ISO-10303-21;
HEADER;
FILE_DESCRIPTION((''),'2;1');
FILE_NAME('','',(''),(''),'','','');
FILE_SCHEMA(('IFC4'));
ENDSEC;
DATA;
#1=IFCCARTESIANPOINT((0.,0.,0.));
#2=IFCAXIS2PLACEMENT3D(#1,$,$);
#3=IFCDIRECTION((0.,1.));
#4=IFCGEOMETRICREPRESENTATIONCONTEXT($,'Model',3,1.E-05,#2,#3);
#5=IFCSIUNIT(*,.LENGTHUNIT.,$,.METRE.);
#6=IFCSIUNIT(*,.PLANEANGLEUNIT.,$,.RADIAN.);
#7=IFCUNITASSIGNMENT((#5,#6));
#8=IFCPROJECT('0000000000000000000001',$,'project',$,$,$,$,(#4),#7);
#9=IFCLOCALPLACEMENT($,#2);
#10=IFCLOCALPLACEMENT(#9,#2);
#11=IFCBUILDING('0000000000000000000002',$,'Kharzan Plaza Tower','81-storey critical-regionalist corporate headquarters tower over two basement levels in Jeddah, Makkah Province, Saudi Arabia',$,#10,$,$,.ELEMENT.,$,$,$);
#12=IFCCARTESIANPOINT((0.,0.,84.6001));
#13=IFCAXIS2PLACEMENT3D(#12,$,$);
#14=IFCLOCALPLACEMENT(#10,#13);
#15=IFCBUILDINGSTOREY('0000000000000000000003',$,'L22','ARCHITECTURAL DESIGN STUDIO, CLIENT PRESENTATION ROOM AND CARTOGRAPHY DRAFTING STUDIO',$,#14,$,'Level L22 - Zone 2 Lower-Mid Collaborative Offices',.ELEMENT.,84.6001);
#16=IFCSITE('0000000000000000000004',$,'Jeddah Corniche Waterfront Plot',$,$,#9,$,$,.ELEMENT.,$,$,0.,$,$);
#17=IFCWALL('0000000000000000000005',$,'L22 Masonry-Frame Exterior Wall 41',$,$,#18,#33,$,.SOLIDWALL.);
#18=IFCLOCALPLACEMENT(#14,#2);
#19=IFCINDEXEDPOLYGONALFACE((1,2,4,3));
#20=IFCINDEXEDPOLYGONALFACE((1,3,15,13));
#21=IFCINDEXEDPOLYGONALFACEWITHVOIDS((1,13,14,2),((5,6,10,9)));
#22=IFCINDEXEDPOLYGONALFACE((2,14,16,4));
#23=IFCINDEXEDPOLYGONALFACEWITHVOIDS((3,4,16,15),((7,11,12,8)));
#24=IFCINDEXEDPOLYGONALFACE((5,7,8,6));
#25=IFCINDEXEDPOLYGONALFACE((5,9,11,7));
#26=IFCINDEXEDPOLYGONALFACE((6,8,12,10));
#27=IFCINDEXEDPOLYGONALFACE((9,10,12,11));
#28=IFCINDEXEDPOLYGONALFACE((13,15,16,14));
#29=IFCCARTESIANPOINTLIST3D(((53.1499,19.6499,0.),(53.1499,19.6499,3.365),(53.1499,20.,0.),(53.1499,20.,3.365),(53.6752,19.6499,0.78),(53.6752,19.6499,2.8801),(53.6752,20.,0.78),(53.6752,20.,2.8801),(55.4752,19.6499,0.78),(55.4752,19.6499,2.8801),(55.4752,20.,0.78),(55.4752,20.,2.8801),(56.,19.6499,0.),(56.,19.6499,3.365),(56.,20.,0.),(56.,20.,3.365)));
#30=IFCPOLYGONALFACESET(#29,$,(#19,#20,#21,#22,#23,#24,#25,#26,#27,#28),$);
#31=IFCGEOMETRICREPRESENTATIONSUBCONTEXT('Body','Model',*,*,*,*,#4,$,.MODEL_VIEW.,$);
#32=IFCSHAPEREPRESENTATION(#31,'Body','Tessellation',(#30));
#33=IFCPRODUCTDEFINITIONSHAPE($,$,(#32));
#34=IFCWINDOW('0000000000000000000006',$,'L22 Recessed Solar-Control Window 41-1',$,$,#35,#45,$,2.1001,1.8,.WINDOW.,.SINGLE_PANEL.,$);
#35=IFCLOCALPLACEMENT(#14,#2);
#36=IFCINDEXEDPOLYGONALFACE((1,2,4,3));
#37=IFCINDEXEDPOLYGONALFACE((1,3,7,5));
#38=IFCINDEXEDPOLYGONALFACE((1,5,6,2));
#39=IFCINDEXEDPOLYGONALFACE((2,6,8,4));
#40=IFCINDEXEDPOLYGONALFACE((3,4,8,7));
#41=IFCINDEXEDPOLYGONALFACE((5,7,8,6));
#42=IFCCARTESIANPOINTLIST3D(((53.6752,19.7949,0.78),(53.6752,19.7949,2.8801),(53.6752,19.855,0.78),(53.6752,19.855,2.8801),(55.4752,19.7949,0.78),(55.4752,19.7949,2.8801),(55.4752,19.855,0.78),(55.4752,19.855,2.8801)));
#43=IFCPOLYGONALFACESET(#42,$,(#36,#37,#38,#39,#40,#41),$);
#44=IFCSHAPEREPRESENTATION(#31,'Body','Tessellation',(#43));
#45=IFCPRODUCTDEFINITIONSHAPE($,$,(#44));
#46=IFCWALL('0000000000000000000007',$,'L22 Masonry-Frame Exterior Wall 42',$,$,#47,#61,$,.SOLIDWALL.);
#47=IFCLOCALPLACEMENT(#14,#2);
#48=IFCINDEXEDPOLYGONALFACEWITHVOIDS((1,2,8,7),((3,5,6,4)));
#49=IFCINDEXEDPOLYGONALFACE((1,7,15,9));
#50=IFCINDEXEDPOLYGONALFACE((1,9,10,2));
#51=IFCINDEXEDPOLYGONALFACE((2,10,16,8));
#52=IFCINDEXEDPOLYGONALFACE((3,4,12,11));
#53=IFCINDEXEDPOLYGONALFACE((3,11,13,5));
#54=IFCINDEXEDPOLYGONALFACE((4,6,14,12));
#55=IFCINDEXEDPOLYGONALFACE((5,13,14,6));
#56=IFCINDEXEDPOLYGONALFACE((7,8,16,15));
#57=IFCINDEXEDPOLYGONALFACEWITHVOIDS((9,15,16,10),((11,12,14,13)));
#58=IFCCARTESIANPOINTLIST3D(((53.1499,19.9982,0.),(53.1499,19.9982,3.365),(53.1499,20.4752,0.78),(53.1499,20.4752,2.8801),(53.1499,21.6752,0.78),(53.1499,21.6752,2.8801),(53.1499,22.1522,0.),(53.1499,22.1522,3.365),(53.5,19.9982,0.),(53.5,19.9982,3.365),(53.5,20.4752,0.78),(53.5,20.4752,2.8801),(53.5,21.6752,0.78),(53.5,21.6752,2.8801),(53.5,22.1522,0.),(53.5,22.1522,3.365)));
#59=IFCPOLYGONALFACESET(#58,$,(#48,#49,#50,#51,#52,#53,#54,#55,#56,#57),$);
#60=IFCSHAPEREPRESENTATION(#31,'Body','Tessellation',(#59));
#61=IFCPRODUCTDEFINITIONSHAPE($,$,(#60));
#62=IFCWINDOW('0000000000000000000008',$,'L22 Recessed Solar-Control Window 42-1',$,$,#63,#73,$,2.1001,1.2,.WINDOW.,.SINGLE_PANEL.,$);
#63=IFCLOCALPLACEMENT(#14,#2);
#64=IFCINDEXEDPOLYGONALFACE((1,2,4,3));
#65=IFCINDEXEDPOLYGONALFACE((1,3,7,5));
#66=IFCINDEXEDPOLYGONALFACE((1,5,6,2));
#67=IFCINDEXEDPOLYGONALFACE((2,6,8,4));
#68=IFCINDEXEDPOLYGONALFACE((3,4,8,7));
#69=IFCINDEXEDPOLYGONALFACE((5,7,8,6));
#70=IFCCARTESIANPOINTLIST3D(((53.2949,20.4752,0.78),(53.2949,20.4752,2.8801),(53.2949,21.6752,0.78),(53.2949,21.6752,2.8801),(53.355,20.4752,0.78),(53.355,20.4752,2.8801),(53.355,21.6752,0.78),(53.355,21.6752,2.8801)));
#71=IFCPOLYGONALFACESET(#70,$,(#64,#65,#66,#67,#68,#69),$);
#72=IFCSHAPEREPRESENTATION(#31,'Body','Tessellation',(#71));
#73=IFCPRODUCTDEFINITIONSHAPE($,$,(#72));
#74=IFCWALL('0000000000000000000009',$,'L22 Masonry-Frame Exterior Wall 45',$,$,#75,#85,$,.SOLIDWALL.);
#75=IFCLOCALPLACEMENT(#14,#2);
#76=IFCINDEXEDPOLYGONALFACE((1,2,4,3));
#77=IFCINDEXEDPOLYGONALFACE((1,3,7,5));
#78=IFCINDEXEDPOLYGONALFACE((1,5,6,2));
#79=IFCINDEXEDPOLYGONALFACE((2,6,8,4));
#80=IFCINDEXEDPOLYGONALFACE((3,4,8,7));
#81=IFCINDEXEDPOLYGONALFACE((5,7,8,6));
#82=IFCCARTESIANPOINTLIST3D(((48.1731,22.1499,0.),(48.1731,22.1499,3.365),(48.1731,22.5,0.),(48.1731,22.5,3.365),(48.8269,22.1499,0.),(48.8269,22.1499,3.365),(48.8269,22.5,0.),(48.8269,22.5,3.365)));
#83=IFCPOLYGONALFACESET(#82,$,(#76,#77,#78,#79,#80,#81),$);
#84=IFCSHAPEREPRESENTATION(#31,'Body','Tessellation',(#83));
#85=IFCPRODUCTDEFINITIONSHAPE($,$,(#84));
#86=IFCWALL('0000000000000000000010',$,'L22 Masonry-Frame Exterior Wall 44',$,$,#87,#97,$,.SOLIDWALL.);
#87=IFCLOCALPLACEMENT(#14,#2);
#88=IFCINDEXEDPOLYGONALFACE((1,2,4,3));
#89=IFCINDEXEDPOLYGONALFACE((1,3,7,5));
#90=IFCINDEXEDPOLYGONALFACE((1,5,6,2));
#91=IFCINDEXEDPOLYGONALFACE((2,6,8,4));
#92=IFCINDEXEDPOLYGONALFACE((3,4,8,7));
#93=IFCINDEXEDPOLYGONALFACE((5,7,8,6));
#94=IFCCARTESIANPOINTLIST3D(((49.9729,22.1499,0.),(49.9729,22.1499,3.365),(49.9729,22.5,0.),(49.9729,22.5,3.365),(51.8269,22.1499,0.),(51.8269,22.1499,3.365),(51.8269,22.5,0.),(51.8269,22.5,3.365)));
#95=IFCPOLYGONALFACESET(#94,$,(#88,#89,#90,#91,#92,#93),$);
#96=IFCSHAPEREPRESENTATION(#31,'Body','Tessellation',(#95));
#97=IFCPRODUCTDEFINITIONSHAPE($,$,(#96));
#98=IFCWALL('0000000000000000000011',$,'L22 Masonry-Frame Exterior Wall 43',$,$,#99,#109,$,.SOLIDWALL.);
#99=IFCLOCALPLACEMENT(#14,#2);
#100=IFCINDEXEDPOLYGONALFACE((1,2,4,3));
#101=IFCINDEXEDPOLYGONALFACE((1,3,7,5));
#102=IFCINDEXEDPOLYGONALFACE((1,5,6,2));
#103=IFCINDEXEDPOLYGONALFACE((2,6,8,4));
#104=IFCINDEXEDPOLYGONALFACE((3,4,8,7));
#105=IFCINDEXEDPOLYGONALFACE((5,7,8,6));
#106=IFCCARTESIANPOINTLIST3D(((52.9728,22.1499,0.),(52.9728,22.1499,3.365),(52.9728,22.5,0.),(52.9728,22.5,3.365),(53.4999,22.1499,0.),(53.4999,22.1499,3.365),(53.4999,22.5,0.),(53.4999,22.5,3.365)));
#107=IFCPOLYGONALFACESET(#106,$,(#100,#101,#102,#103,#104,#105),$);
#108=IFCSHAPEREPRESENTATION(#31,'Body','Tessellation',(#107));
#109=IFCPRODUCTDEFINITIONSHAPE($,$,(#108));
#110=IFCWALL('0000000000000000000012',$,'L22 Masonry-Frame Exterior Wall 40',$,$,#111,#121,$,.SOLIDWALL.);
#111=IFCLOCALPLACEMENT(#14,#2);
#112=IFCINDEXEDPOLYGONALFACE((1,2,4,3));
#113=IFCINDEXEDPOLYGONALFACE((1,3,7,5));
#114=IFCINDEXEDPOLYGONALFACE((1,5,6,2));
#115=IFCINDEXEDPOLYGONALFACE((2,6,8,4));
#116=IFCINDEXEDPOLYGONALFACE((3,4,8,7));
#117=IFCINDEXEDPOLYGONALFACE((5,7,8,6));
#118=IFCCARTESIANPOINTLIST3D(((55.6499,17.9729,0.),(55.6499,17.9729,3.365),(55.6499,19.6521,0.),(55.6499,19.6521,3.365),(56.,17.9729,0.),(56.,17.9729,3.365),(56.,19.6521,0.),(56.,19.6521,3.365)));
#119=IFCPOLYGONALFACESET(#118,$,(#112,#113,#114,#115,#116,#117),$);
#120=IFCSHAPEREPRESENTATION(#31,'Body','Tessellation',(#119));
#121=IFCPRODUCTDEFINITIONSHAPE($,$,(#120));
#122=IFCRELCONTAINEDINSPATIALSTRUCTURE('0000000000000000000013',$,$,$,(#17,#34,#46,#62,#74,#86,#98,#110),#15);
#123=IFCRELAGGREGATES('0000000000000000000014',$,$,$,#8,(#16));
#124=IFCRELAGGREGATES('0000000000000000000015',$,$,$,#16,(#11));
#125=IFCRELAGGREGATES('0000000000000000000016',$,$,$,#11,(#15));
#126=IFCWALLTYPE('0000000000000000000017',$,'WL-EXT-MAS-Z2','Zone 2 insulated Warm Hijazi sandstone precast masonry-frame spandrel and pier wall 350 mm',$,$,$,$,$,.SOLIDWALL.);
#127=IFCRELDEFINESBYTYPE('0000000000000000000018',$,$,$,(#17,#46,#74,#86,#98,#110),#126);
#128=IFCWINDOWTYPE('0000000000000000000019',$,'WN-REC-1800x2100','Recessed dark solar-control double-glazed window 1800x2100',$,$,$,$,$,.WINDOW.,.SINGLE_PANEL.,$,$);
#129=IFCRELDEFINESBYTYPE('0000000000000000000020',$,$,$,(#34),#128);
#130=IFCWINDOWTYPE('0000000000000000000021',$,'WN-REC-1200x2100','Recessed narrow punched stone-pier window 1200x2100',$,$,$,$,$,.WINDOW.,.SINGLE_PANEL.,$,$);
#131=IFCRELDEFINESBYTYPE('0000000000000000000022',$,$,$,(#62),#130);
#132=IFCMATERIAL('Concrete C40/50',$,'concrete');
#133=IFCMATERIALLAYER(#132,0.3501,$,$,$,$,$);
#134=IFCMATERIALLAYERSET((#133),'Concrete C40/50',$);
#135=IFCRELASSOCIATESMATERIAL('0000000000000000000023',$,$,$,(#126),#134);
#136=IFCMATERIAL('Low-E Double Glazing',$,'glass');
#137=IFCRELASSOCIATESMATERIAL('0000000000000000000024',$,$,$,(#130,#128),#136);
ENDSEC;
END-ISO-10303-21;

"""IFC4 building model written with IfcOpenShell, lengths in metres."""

from ifc_helpers import new_model, si_unit, direction, frame, frame_2d, origin, place, context, subcontext, project, spatial, rectangle, extrude, source, transform, mapped, material, layer, layer_set, type_object, element, fill, save


model = new_model("IFC4")

# Units and contexts
model_context = context("Model", 3, precision=1e-05, world=origin(), true_north=direction((0.0, 1.0)))
body_context = subcontext(model_context, "Body", "Model", "MODEL_VIEW")
ifc_project = project(units=[si_unit("LENGTHUNIT", "METRE"), si_unit("PLANEANGLEUNIT", "RADIAN")], contexts=[model_context])

# Site, building, storey
site_placement = place(None, origin())
site = spatial("IfcSite", under=ifc_project, at=site_placement, Name="Jeddah Corniche Waterfront Plot", CompositionType="ELEMENT", RefElevation=0.0)
building_placement = place(site_placement, origin())
building = spatial("IfcBuilding", under=site, at=building_placement, Name="Kharzan Plaza Tower", Description="81-storey critical-regionalist corporate headquarters tower over two basement levels in Jeddah, Makkah Province, Saudi Arabia", CompositionType="ELEMENT")
storey_placement = place(building_placement, frame((0.0, 0.0, 84.6001)))
storey = spatial("IfcBuildingStorey", under=building, at=storey_placement, Name="L22", Description="ARCHITECTURAL DESIGN STUDIO, CLIENT PRESENTATION ROOM AND CARTOGRAPHY DRAFTING STUDIO", LongName="Level L22 - Zone 2 Lower-Mid Collaborative Offices", CompositionType="ELEMENT", Elevation=84.6001)

# Walls, openings, windows
ifc_material_1 = material(Name="Concrete C40/50", Category="concrete")
ifc_layer = layer(ifc_material_1, 0.3501)
ifc_layer_set = layer_set([ifc_layer], Name="Concrete C40/50")
wall_type = type_object("IfcWallType", Name="WL-EXT-MAS-Z2", Description="Zone 2 insulated Warm Hijazi sandstone precast masonry-frame spandrel and pier wall 350 mm", PredefinedType="SOLIDWALL", material=ifc_layer_set)
ifc_material_2 = material(Name="Low-E Double Glazing", Category="glass")
window_type_1 = type_object("IfcWindowType", Name="WN-REC-1200x2100", Description="Recessed narrow punched stone-pier window 1200x2100", PartitioningType="SINGLE_PANEL", PredefinedType="WINDOW", material=ifc_material_2)
shared_shape_1 = source(origin(), body_context, "Body", "SweptSolid", [
    extrude(rectangle(XDim=1.2, YDim=2.1001, at=frame_2d((0.6001, 1.05))), frame((0.0, 0.03, 0.0), z_axis=(0.0, -1.0, 0.0), x_axis=(1.0, 0.0, 0.0)), (0.0, 0.0, 1.0), 0.0601),
])
wall_1_placement = place(storey_placement, frame((56.0, 19.825, 0.0), z_axis=(0.0, 0.0, 1.0), x_axis=(-1.0, 0.0, 0.0)))
wall_1 = element("IfcWall", 1, at=wall_1_placement, inside=storey, type_object=wall_type, Name="L22 Masonry-Frame Exterior Wall 41", PredefinedType="SOLIDWALL", context=body_context, shape_type="SweptSolid", body=[
    extrude(rectangle(XDim=2.8501, YDim=0.3501, at=frame_2d((1.425, 0.0))), origin(), (0.0, 0.0, 1.0), 3.365),
])
opening_1_placement = place(wall_1_placement, frame((0.5249, 0.0, 0.78)))
opening_1 = element("IfcOpeningElement", 2, at=opening_1_placement, cuts=wall_1, PredefinedType="OPENING", context=body_context, shape_type="SweptSolid", body=[
    extrude(rectangle(XDim=1.8, YDim=2.1001, at=frame_2d((0.8999, 1.05))), frame((0.0, 0.1851, 0.0), z_axis=(0.0, -1.0, 0.0), x_axis=(1.0, 0.0, 0.0)), (0.0, 0.0, 1.0), 0.3701),
])
window_type_2 = type_object("IfcWindowType", Name="WN-REC-1800x2100", Description="Recessed dark solar-control double-glazed window 1800x2100", PartitioningType="SINGLE_PANEL", PredefinedType="WINDOW", material=ifc_material_2)
shared_shape_2 = source(origin(), body_context, "Body", "SweptSolid", [
    extrude(rectangle(XDim=1.8, YDim=2.1001, at=frame_2d((0.8999, 1.05))), frame((0.0, 0.03, 0.0), z_axis=(0.0, -1.0, 0.0), x_axis=(1.0, 0.0, 0.0)), (0.0, 0.0, 1.0), 0.0601),
])
window_1_placement = place(opening_1_placement, origin())
window_1 = element("IfcWindow", 3, at=window_1_placement, inside=storey, type_object=window_type_2, Name="L22 Recessed Solar-Control Window 41-1", OverallHeight=2.1001, OverallWidth=1.8, PartitioningType="SINGLE_PANEL", PredefinedType="WINDOW", context=body_context, shape_type="MappedRepresentation", body=[
    mapped(shared_shape_2, transform((0.0, 0.0, 0.0), x_axis=(1.0, 0.0, 0.0), y_axis=(0.0, 1.0, 0.0), z_axis=(0.0, 0.0, 1.0))),
])
fill(opening_1, window_1)
wall_2_placement = place(storey_placement, frame((53.325, 19.998, 0.0), z_axis=(0.0, 0.0, 1.0), x_axis=(0.0, 1.0, 0.0)))
wall_2 = element("IfcWall", 4, at=wall_2_placement, inside=storey, type_object=wall_type, Name="L22 Masonry-Frame Exterior Wall 42", PredefinedType="SOLIDWALL", context=body_context, shape_type="SweptSolid", body=[
    extrude(rectangle(XDim=2.1541, YDim=0.3501, at=frame_2d((1.0771, 0.0))), origin(), (0.0, 0.0, 1.0), 3.365),
])
opening_2_placement = place(wall_2_placement, frame((0.4771, 0.0, 0.78)))
opening_2 = element("IfcOpeningElement", 5, at=opening_2_placement, cuts=wall_2, PredefinedType="OPENING", context=body_context, shape_type="SweptSolid", body=[
    extrude(rectangle(XDim=1.2, YDim=2.1001, at=frame_2d((0.6001, 1.05))), frame((0.0, 0.1851, 0.0), z_axis=(0.0, -1.0, 0.0), x_axis=(1.0, 0.0, 0.0)), (0.0, 0.0, 1.0), 0.3701),
])
window_2_placement = place(opening_2_placement, origin())
window_2 = element("IfcWindow", 6, at=window_2_placement, inside=storey, type_object=window_type_1, Name="L22 Recessed Solar-Control Window 42-1", OverallHeight=2.1001, OverallWidth=1.2, PartitioningType="SINGLE_PANEL", PredefinedType="WINDOW", context=body_context, shape_type="MappedRepresentation", body=[
    mapped(shared_shape_1, transform((0.0, 0.0, 0.0), x_axis=(1.0, 0.0, 0.0), y_axis=(0.0, 1.0, 0.0), z_axis=(0.0, 0.0, 1.0))),
])
fill(opening_2, window_2)

# Walls
shared_shape_3 = source(origin(), body_context, "Body", "SweptSolid", [
    extrude(rectangle(XDim=0.6538, YDim=0.3501, at=frame_2d((0.3269, 0.0))), origin(), (0.0, 0.0, 1.0), 3.365),
])
wall_3_placement = place(storey_placement, frame((48.8269, 22.325, 0.0), z_axis=(0.0, 0.0, 1.0), x_axis=(-1.0, 0.0, 0.0)))
element("IfcWall", 7, at=wall_3_placement, inside=storey, type_object=wall_type, Name="L22 Masonry-Frame Exterior Wall 45", PredefinedType="SOLIDWALL", context=body_context, shape_type="MappedRepresentation", body=[
    mapped(shared_shape_3, transform((0.0, 0.0, 0.0), x_axis=(1.0, 0.0, 0.0), y_axis=(0.0, 1.0, 0.0), z_axis=(0.0, 0.0, 1.0))),
])
shared_shape_4 = source(origin(), body_context, "Body", "SweptSolid", [
    extrude(rectangle(XDim=1.854, YDim=0.3501, at=frame_2d((0.927, 0.0))), origin(), (0.0, 0.0, 1.0), 3.365),
])
wall_4_placement = place(storey_placement, frame((51.8269, 22.325, 0.0), z_axis=(0.0, 0.0, 1.0), x_axis=(-1.0, 0.0, 0.0)))
element("IfcWall", 8, at=wall_4_placement, inside=storey, type_object=wall_type, Name="L22 Masonry-Frame Exterior Wall 44", PredefinedType="SOLIDWALL", context=body_context, shape_type="MappedRepresentation", body=[
    mapped(shared_shape_4, transform((0.0, 0.0, 0.0), x_axis=(1.0, 0.0, 0.0), y_axis=(0.0, 1.0, 0.0), z_axis=(0.0, 0.0, 1.0))),
])
shared_shape_5 = source(origin(), body_context, "Body", "SweptSolid", [
    extrude(rectangle(XDim=0.5271, YDim=0.3501, at=frame_2d((0.2637, 0.0))), origin(), (0.0, 0.0, 1.0), 3.365),
])
wall_5_placement = place(storey_placement, frame((53.5, 22.325, 0.0), z_axis=(0.0, 0.0, 1.0), x_axis=(-1.0, 0.0, 0.0)))
element("IfcWall", 9, at=wall_5_placement, inside=storey, type_object=wall_type, Name="L22 Masonry-Frame Exterior Wall 43", PredefinedType="SOLIDWALL", context=body_context, shape_type="MappedRepresentation", body=[
    mapped(shared_shape_5, transform((0.0, 0.0, 0.0), x_axis=(1.0, 0.0, 0.0), y_axis=(0.0, 1.0, 0.0), z_axis=(0.0, 0.0, 1.0))),
])
shared_shape_6 = source(origin(), body_context, "Body", "SweptSolid", [
    extrude(rectangle(XDim=1.6792, YDim=0.3501, at=frame_2d((0.8396, 0.0))), origin(), (0.0, 0.0, 1.0), 3.365),
])
wall_6_placement = place(storey_placement, frame((55.825, 17.9729, 0.0), z_axis=(0.0, 0.0, 1.0), x_axis=(0.0, 1.0, 0.0)))
element("IfcWall", 10, at=wall_6_placement, inside=storey, type_object=wall_type, Name="L22 Masonry-Frame Exterior Wall 40", PredefinedType="SOLIDWALL", context=body_context, shape_type="MappedRepresentation", body=[
    mapped(shared_shape_6, transform((0.0, 0.0, 0.0), x_axis=(1.0, 0.0, 0.0), y_axis=(0.0, 1.0, 0.0), z_axis=(0.0, 0.0, 1.0))),
])

save(model, "model.ifc")
